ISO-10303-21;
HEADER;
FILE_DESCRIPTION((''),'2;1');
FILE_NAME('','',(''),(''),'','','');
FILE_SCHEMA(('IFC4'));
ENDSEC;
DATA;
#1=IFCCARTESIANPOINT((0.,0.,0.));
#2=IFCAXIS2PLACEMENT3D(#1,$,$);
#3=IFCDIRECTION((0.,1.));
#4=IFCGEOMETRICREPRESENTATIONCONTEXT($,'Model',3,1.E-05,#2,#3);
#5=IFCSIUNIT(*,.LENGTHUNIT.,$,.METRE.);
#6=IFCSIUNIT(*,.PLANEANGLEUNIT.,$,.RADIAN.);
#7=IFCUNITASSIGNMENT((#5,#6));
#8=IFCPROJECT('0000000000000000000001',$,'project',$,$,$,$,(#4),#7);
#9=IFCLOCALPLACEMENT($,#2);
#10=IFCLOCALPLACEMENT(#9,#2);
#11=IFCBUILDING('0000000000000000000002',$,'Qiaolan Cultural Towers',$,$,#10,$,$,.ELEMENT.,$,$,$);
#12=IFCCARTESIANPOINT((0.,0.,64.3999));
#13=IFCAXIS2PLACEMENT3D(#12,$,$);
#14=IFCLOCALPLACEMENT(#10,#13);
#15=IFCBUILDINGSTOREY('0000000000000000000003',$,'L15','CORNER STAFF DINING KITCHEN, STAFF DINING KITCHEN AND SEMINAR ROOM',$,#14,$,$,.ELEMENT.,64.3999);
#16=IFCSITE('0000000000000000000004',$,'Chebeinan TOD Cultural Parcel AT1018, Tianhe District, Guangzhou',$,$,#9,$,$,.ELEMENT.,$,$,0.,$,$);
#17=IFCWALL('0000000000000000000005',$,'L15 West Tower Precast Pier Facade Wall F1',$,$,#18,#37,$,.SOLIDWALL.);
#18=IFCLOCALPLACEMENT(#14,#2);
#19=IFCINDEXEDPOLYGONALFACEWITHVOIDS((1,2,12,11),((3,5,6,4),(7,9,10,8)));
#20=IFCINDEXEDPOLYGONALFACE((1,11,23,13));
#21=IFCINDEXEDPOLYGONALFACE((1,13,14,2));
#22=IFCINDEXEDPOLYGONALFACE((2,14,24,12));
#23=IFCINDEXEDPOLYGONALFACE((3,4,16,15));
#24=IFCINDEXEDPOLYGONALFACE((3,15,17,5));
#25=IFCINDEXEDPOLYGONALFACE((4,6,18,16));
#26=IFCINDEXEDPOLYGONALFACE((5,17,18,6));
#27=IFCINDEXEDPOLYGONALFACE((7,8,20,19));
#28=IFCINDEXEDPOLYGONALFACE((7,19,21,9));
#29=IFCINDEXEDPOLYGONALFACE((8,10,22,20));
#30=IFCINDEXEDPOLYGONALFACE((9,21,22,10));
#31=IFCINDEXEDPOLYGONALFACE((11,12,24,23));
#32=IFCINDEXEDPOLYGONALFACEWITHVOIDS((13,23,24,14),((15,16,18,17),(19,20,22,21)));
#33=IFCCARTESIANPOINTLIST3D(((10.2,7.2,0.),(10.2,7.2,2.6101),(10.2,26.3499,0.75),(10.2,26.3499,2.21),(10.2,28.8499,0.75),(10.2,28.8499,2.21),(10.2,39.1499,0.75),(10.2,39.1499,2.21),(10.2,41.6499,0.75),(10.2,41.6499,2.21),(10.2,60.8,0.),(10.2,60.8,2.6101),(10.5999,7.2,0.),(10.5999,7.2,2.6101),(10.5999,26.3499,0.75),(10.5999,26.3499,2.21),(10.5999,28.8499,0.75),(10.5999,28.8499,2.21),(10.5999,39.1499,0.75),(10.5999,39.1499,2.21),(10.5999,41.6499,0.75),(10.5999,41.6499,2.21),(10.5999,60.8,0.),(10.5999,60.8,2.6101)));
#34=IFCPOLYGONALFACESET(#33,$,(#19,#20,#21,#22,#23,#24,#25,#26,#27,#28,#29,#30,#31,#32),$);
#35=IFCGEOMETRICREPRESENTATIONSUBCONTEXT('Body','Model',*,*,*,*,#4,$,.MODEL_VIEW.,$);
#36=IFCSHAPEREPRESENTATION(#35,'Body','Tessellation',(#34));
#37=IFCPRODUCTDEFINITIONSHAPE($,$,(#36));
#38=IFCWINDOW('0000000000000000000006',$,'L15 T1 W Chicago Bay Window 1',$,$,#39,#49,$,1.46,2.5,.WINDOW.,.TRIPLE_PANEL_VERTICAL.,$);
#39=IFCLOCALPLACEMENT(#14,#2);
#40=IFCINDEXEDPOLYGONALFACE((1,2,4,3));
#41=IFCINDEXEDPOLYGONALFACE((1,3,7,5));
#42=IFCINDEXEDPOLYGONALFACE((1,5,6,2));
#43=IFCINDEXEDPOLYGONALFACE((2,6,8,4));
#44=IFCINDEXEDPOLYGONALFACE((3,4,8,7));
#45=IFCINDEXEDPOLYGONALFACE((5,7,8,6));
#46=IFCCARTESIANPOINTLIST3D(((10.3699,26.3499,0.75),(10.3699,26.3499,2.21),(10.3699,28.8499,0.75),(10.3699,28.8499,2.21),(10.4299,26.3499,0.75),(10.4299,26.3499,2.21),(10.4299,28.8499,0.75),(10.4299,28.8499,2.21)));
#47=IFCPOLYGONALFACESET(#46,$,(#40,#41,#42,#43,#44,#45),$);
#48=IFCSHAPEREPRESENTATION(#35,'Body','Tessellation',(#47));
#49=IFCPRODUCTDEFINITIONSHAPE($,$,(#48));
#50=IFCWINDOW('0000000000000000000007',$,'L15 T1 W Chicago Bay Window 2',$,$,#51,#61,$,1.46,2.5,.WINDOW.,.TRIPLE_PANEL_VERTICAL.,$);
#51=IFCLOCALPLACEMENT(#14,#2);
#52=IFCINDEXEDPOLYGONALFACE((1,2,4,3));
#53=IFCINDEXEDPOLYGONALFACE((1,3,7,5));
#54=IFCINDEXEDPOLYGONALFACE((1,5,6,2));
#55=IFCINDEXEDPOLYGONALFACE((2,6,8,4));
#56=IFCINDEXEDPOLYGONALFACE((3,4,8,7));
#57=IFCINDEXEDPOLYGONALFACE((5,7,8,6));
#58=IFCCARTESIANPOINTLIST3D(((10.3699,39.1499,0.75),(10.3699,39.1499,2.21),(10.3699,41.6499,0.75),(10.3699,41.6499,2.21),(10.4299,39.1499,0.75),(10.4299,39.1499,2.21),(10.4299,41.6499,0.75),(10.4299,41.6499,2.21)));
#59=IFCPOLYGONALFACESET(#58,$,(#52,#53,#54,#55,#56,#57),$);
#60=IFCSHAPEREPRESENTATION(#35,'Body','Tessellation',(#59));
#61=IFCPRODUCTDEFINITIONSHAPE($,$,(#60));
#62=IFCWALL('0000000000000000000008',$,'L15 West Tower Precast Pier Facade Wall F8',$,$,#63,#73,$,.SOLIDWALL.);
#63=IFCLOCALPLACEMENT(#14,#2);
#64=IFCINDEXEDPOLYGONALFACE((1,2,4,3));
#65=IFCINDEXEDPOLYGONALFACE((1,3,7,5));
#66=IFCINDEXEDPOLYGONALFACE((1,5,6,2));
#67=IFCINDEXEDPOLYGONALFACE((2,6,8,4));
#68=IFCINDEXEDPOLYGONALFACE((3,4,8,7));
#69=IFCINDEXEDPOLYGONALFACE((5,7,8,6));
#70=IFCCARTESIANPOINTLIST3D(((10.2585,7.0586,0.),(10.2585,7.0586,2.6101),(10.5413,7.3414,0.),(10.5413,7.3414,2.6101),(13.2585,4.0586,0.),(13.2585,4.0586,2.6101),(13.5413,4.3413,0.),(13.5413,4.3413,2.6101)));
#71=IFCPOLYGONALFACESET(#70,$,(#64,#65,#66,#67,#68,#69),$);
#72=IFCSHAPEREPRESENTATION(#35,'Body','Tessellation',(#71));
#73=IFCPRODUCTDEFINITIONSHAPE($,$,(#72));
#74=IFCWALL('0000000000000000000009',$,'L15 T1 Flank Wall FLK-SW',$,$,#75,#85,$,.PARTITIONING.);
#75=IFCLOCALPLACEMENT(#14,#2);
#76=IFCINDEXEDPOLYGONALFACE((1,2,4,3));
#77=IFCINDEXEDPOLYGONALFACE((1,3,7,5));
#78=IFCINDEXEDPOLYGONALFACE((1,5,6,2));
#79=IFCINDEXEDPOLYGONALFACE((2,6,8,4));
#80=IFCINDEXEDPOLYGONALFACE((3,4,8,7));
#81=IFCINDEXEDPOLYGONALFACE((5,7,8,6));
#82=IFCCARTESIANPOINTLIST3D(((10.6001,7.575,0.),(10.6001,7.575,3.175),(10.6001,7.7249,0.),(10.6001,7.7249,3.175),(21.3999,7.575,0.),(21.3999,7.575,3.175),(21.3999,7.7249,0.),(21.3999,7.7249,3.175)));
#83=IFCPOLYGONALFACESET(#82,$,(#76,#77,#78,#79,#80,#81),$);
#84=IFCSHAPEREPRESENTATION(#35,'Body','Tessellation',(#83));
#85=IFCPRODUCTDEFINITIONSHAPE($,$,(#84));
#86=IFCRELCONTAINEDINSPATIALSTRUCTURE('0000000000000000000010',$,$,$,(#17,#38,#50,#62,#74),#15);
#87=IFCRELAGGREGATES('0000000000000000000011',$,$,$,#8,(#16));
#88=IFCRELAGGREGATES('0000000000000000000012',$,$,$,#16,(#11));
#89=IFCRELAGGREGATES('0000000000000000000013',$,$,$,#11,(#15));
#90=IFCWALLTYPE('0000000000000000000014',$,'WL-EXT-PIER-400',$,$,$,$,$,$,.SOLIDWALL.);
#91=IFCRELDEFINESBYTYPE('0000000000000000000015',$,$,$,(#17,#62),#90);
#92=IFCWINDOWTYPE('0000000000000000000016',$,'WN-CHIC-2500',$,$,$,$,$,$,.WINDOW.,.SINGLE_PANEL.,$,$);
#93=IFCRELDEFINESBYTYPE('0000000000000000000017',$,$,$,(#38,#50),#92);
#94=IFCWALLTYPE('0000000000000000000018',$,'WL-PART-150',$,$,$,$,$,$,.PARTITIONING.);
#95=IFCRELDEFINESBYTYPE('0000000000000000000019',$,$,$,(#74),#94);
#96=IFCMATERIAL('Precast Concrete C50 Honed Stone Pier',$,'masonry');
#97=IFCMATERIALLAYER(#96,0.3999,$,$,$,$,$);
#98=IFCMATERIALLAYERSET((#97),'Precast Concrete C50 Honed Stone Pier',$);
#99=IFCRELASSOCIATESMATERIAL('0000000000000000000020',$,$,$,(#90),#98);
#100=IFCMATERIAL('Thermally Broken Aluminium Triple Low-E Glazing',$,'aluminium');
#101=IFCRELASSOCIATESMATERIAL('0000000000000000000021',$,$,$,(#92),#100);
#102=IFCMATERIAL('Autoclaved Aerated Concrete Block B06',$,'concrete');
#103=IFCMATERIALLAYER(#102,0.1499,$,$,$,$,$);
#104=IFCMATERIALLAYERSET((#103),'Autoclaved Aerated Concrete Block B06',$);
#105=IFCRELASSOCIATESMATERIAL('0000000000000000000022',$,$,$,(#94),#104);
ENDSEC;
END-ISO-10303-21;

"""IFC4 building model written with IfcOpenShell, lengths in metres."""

from ifc_helpers import new_model, si_unit, direction, frame, frame_2d, origin, place, context, subcontext, project, spatial, rectangle, extrude, material, layer, layer_set, type_object, element, fill, save


model = new_model("IFC4")

# Units and contexts
model_context = context("Model", 3, precision=1e-05, world=origin(), true_north=direction((0.0, 1.0)))
body_context = subcontext(model_context, "Body", "Model", "MODEL_VIEW")
ifc_project = project(units=[si_unit("LENGTHUNIT", "METRE"), si_unit("PLANEANGLEUNIT", "RADIAN")], contexts=[model_context])

# Site, building, storey
site_placement = place(None, origin())
site = spatial("IfcSite", under=ifc_project, at=site_placement, Name="Chebeinan TOD Cultural Parcel AT1018, Tianhe District, Guangzhou", CompositionType="ELEMENT", RefElevation=0.0)
building_placement = place(site_placement, origin())
building = spatial("IfcBuilding", under=site, at=building_placement, Name="Qiaolan Cultural Towers", CompositionType="ELEMENT")
storey_placement = place(building_placement, frame((0.0, 0.0, 64.3999)))
storey = spatial("IfcBuildingStorey", under=building, at=storey_placement, Name="L15", Description="CORNER STAFF DINING KITCHEN, STAFF DINING KITCHEN AND SEMINAR ROOM", CompositionType="ELEMENT", Elevation=64.3999)

# Wall, openings, windows
ifc_material_1 = material(Name="Precast Concrete C50 Honed Stone Pier", Category="masonry")
ifc_layer_1 = layer(ifc_material_1, 0.3999)
ifc_layer_set_1 = layer_set([ifc_layer_1], Name="Precast Concrete C50 Honed Stone Pier")
wall_type_1 = type_object("IfcWallType", Name="WL-EXT-PIER-400", PredefinedType="SOLIDWALL", material=ifc_layer_set_1)
wall_1_placement = place(storey_placement, frame((10.3999, 7.2, 0.0), z_axis=(0.0, 0.0, 1.0), x_axis=(0.0, 1.0, 0.0)))
wall_1 = element("IfcWall", 1, at=wall_1_placement, inside=storey, type_object=wall_type_1, Name="L15 West Tower Precast Pier Facade Wall F1", PredefinedType="SOLIDWALL", context=body_context, shape_type="SweptSolid", body=[
    extrude(rectangle(XDim=53.6001, YDim=0.3999, at=frame_2d((26.8, 0.0))), origin(), (0.0, 0.0, 1.0), 2.6101),
])
opening_1_placement = place(wall_1_placement, frame((19.1499, 0.0, 0.75)))
opening_1 = element("IfcOpeningElement", 2, at=opening_1_placement, cuts=wall_1, PredefinedType="OPENING", context=body_context, shape_type="SweptSolid", body=[
    extrude(rectangle(XDim=2.5, YDim=1.46, at=frame_2d((1.25, 0.73))), frame((0.0, 0.21, 0.0), z_axis=(0.0, -1.0, 0.0), x_axis=(1.0, 0.0, 0.0)), (0.0, 0.0, 1.0), 0.4199),
])
opening_2_placement = place(wall_1_placement, frame((31.95, 0.0, 0.75)))
opening_2 = element("IfcOpeningElement", 3, at=opening_2_placement, cuts=wall_1, PredefinedType="OPENING", context=body_context, shape_type="SweptSolid", body=[
    extrude(rectangle(XDim=2.5, YDim=1.46, at=frame_2d((1.25, 0.73))), frame((0.0, 0.21, 0.0), z_axis=(0.0, -1.0, 0.0), x_axis=(1.0, 0.0, 0.0)), (0.0, 0.0, 1.0), 0.4199),
])
ifc_material_2 = material(Name="Thermally Broken Aluminium Triple Low-E Glazing", Category="aluminium")
window_type = type_object("IfcWindowType", Name="WN-CHIC-2500", PartitioningType="SINGLE_PANEL", PredefinedType="WINDOW", material=ifc_material_2)
window_1_placement = place(opening_1_placement, origin())
window_1 = element("IfcWindow", 4, at=window_1_placement, inside=storey, type_object=window_type, Name="L15 T1 W Chicago Bay Window 1", OverallHeight=1.46, OverallWidth=2.5, PartitioningType="TRIPLE_PANEL_VERTICAL", PredefinedType="WINDOW", context=body_context, shape_type="SweptSolid", body=[
    extrude(rectangle(XDim=2.5, YDim=1.46, at=frame_2d((1.25, 0.73))), frame((0.0, 0.03, 0.0), z_axis=(0.0, -1.0, 0.0), x_axis=(1.0, 0.0, 0.0)), (0.0, 0.0, 1.0), 0.0601),
])
fill(opening_1, window_1)
window_2_placement = place(opening_2_placement, origin())
window_2 = element("IfcWindow", 5, at=window_2_placement, inside=storey, type_object=window_type, Name="L15 T1 W Chicago Bay Window 2", OverallHeight=1.46, OverallWidth=2.5, PartitioningType="TRIPLE_PANEL_VERTICAL", PredefinedType="WINDOW", context=body_context, shape_type="SweptSolid", body=[
    extrude(rectangle(XDim=2.5, YDim=1.46, at=frame_2d((1.25, 0.73))), frame((0.0, 0.03, 0.0), z_axis=(0.0, -1.0, 0.0), x_axis=(1.0, 0.0, 0.0)), (0.0, 0.0, 1.0), 0.0601),
])
fill(opening_2, window_2)

# Walls
wall_2_placement = place(storey_placement, frame((13.3999, 4.2, 0.0), z_axis=(0.0, 0.0, 1.0), x_axis=(-0.707107, 0.707107, 0.0)))
element("IfcWall", 6, at=wall_2_placement, inside=storey, type_object=wall_type_1, Name="L15 West Tower Precast Pier Facade Wall F8", PredefinedType="SOLIDWALL", context=body_context, shape_type="SweptSolid", body=[
    extrude(rectangle(XDim=4.2427, YDim=0.3999, at=frame_2d((2.1213, 0.0))), origin(), (0.0, 0.0, 1.0), 2.6101),
])
ifc_material_3 = material(Name="Autoclaved Aerated Concrete Block B06", Category="concrete")
ifc_layer_2 = layer(ifc_material_3, 0.1499)
ifc_layer_set_2 = layer_set([ifc_layer_2], Name="Autoclaved Aerated Concrete Block B06")
wall_type_2 = type_object("IfcWallType", Name="WL-PART-150", PredefinedType="PARTITIONING", material=ifc_layer_set_2)
wall_3_placement = place(storey_placement, frame((10.6001, 7.6499, 0.0), z_axis=(0.0, 0.0, 1.0), x_axis=(1.0, 0.0, 0.0)))
element("IfcWall", 7, at=wall_3_placement, inside=storey, type_object=wall_type_2, Name="L15 T1 Flank Wall FLK-SW", PredefinedType="PARTITIONING", context=body_context, shape_type="SweptSolid", body=[
    extrude(rectangle(XDim=10.7998, YDim=0.1499, at=frame_2d((5.3999, 0.0))), origin(), (0.0, 0.0, 1.0), 3.175),
])

save(model, "model.ifc")
